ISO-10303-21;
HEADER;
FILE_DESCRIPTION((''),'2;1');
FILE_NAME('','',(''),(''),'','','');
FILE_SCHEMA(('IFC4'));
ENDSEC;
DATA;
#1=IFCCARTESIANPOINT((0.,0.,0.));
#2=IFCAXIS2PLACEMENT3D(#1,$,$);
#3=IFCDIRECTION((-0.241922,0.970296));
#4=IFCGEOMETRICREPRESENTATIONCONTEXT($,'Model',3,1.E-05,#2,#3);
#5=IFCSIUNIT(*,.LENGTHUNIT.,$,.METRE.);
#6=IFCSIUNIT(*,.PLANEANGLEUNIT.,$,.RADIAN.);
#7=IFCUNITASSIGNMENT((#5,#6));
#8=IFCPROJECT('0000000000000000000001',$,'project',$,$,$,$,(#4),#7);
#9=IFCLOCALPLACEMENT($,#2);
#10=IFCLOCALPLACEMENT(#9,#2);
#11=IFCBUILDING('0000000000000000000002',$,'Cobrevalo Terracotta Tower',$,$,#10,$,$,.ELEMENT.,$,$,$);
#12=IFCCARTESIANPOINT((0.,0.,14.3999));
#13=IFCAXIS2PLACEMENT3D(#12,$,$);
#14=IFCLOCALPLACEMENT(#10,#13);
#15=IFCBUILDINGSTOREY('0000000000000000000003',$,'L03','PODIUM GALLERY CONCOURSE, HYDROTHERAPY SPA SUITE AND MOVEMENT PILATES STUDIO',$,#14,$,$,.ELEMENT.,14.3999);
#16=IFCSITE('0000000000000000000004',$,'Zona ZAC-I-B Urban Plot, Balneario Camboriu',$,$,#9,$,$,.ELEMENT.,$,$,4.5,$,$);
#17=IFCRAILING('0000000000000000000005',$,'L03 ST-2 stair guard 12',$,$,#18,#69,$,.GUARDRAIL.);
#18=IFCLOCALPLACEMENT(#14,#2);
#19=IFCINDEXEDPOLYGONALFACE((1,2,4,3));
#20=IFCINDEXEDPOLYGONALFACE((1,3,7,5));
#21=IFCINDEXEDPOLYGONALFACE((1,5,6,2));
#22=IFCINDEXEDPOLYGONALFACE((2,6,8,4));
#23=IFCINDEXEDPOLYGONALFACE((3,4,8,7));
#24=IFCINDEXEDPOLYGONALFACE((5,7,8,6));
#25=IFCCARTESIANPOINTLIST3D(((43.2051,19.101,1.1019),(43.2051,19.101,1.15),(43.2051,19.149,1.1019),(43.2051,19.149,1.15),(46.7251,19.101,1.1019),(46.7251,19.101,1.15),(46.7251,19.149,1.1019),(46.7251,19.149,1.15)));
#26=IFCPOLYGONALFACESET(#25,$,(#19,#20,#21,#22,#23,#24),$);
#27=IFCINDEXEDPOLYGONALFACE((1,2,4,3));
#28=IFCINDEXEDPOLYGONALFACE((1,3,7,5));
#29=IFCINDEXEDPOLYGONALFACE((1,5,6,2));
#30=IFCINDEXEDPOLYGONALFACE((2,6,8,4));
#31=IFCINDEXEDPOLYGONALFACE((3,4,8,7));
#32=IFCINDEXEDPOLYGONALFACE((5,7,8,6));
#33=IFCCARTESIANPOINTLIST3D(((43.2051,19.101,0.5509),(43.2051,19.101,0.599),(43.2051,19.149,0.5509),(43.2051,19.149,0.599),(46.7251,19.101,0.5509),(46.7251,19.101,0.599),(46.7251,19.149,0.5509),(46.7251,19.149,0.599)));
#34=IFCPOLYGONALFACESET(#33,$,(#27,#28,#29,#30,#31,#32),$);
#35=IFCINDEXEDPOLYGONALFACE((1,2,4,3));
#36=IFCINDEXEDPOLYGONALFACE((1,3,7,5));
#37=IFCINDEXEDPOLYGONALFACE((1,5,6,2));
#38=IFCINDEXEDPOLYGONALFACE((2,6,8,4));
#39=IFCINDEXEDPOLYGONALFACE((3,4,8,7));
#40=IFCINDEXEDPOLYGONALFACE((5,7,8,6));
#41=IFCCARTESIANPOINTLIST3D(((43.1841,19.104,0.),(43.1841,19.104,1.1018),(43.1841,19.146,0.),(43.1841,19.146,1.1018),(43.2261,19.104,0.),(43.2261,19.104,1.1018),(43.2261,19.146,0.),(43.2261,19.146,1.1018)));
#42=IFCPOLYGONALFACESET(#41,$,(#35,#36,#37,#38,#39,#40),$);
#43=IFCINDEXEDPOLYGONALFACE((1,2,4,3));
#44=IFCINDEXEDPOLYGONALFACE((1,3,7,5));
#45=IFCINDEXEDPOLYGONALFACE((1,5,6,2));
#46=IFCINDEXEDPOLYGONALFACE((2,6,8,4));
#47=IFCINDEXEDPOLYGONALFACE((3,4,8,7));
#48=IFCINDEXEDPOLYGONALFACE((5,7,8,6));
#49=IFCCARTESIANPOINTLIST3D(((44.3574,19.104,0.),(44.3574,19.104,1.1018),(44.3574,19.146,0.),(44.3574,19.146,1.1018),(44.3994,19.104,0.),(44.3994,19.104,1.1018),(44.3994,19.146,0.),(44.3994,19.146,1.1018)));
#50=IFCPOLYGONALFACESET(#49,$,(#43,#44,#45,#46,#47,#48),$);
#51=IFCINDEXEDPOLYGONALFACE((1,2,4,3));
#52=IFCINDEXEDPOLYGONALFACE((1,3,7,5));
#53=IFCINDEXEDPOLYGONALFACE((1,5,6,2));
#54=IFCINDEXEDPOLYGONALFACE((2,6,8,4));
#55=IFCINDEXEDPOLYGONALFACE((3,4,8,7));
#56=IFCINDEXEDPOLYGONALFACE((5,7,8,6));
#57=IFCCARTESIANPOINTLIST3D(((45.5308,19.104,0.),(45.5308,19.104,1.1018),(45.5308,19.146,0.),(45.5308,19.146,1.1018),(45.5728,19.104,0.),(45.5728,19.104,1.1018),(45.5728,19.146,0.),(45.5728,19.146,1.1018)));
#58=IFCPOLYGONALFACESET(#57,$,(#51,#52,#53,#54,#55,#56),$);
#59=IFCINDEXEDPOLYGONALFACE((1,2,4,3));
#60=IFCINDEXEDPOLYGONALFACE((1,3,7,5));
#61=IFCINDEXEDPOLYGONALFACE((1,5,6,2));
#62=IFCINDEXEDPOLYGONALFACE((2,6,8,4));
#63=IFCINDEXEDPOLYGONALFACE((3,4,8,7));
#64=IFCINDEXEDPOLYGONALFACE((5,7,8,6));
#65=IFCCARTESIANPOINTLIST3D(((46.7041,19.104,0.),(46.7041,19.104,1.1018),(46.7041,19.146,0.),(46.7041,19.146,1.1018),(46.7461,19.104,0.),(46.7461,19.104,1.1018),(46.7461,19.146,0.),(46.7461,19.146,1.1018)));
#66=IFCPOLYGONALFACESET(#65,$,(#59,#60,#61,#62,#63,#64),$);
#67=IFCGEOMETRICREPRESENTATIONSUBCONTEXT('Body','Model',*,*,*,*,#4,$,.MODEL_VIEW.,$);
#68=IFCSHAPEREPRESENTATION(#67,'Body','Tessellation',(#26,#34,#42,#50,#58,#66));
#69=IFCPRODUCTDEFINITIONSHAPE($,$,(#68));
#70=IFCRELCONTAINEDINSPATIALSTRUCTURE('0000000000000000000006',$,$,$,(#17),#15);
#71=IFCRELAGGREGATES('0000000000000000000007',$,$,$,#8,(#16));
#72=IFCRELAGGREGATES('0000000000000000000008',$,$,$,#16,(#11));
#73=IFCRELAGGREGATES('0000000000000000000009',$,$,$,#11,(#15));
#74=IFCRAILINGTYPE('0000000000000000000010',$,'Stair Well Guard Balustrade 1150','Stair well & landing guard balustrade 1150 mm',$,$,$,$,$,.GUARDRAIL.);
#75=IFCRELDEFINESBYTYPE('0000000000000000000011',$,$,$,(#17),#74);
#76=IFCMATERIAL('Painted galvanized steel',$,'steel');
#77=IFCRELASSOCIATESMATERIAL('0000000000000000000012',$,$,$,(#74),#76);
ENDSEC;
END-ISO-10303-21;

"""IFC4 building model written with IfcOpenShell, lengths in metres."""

from ifc_helpers import new_model, si_unit, direction, frame, origin, origin_2d, place, context, subcontext, project, spatial, rectangle, extrude, material, type_object, element, save


model = new_model("IFC4")

# Units and contexts
model_context = context("Model", 3, precision=1e-05, world=origin(), true_north=direction((-0.241922, 0.970296)))
body_context = subcontext(model_context, "Body", "Model", "MODEL_VIEW")
ifc_project = project(units=[si_unit("LENGTHUNIT", "METRE"), si_unit("PLANEANGLEUNIT", "RADIAN")], contexts=[model_context])

# Site, building, storey
site_placement = place(None, origin())
site = spatial("IfcSite", under=ifc_project, at=site_placement, Name="Zona ZAC-I-B Urban Plot, Balneario Camboriu", CompositionType="ELEMENT", RefElevation=4.5)
building_placement = place(site_placement, origin())
building = spatial("IfcBuilding", under=site, at=building_placement, Name="Cobrevalo Terracotta Tower", CompositionType="ELEMENT")
storey_placement = place(building_placement, frame((0.0, 0.0, 14.3999)))
storey = spatial("IfcBuildingStorey", under=building, at=storey_placement, Name="L03", Description="PODIUM GALLERY CONCOURSE, HYDROTHERAPY SPA SUITE AND MOVEMENT PILATES STUDIO", CompositionType="ELEMENT", Elevation=14.3999)

# Railing
ifc_material_1 = material(Name="Painted galvanized steel", Category="steel")
railing_type_1 = type_object("IfcRailingType", Name="Stair Well Guard Balustrade 1150", Description="Stair well & landing guard balustrade 1150 mm", PredefinedType="GUARDRAIL", material=ifc_material_1)
railing_1_placement = place(storey_placement, frame((43.2051, 19.125, 0.0)))
element("IfcRailing", 1, at=railing_1_placement, inside=storey, type_object=railing_type_1, Name="L03 ST-2 stair guard 12", PredefinedType="GUARDRAIL", context=body_context, shape_type="SweptSolid", body=[
    extrude(rectangle(XDim=0.0481, YDim=0.0481, at=origin_2d()), frame((0.0, 0.0, 1.126), z_axis=(1.0, 0.0, 0.0), x_axis=(0.0, 1.0, 0.0)), (0.0, 0.0, 1.0), 3.52),
    extrude(rectangle(XDim=0.0481, YDim=0.0481, at=origin_2d()), frame((0.0, 0.0, 0.575), z_axis=(1.0, 0.0, 0.0), x_axis=(0.0, 1.0, 0.0)), (0.0, 0.0, 1.0), 3.52),
    extrude(rectangle(XDim=0.042, YDim=0.042, at=origin_2d()), origin(), (0.0, 0.0, 1.0), 1.1018),
    extrude(rectangle(XDim=0.042, YDim=0.042, at=origin_2d()), frame((1.1733, 0.0, 0.0)), (0.0, 0.0, 1.0), 1.1018),
    extrude(rectangle(XDim=0.042, YDim=0.042, at=origin_2d()), frame((2.3467, 0.0, 0.0)), (0.0, 0.0, 1.0), 1.1018),
    extrude(rectangle(XDim=0.042, YDim=0.042, at=origin_2d()), frame((3.52, 0.0, 0.0)), (0.0, 0.0, 1.0), 1.1018),
])

save(model, "model.ifc")
